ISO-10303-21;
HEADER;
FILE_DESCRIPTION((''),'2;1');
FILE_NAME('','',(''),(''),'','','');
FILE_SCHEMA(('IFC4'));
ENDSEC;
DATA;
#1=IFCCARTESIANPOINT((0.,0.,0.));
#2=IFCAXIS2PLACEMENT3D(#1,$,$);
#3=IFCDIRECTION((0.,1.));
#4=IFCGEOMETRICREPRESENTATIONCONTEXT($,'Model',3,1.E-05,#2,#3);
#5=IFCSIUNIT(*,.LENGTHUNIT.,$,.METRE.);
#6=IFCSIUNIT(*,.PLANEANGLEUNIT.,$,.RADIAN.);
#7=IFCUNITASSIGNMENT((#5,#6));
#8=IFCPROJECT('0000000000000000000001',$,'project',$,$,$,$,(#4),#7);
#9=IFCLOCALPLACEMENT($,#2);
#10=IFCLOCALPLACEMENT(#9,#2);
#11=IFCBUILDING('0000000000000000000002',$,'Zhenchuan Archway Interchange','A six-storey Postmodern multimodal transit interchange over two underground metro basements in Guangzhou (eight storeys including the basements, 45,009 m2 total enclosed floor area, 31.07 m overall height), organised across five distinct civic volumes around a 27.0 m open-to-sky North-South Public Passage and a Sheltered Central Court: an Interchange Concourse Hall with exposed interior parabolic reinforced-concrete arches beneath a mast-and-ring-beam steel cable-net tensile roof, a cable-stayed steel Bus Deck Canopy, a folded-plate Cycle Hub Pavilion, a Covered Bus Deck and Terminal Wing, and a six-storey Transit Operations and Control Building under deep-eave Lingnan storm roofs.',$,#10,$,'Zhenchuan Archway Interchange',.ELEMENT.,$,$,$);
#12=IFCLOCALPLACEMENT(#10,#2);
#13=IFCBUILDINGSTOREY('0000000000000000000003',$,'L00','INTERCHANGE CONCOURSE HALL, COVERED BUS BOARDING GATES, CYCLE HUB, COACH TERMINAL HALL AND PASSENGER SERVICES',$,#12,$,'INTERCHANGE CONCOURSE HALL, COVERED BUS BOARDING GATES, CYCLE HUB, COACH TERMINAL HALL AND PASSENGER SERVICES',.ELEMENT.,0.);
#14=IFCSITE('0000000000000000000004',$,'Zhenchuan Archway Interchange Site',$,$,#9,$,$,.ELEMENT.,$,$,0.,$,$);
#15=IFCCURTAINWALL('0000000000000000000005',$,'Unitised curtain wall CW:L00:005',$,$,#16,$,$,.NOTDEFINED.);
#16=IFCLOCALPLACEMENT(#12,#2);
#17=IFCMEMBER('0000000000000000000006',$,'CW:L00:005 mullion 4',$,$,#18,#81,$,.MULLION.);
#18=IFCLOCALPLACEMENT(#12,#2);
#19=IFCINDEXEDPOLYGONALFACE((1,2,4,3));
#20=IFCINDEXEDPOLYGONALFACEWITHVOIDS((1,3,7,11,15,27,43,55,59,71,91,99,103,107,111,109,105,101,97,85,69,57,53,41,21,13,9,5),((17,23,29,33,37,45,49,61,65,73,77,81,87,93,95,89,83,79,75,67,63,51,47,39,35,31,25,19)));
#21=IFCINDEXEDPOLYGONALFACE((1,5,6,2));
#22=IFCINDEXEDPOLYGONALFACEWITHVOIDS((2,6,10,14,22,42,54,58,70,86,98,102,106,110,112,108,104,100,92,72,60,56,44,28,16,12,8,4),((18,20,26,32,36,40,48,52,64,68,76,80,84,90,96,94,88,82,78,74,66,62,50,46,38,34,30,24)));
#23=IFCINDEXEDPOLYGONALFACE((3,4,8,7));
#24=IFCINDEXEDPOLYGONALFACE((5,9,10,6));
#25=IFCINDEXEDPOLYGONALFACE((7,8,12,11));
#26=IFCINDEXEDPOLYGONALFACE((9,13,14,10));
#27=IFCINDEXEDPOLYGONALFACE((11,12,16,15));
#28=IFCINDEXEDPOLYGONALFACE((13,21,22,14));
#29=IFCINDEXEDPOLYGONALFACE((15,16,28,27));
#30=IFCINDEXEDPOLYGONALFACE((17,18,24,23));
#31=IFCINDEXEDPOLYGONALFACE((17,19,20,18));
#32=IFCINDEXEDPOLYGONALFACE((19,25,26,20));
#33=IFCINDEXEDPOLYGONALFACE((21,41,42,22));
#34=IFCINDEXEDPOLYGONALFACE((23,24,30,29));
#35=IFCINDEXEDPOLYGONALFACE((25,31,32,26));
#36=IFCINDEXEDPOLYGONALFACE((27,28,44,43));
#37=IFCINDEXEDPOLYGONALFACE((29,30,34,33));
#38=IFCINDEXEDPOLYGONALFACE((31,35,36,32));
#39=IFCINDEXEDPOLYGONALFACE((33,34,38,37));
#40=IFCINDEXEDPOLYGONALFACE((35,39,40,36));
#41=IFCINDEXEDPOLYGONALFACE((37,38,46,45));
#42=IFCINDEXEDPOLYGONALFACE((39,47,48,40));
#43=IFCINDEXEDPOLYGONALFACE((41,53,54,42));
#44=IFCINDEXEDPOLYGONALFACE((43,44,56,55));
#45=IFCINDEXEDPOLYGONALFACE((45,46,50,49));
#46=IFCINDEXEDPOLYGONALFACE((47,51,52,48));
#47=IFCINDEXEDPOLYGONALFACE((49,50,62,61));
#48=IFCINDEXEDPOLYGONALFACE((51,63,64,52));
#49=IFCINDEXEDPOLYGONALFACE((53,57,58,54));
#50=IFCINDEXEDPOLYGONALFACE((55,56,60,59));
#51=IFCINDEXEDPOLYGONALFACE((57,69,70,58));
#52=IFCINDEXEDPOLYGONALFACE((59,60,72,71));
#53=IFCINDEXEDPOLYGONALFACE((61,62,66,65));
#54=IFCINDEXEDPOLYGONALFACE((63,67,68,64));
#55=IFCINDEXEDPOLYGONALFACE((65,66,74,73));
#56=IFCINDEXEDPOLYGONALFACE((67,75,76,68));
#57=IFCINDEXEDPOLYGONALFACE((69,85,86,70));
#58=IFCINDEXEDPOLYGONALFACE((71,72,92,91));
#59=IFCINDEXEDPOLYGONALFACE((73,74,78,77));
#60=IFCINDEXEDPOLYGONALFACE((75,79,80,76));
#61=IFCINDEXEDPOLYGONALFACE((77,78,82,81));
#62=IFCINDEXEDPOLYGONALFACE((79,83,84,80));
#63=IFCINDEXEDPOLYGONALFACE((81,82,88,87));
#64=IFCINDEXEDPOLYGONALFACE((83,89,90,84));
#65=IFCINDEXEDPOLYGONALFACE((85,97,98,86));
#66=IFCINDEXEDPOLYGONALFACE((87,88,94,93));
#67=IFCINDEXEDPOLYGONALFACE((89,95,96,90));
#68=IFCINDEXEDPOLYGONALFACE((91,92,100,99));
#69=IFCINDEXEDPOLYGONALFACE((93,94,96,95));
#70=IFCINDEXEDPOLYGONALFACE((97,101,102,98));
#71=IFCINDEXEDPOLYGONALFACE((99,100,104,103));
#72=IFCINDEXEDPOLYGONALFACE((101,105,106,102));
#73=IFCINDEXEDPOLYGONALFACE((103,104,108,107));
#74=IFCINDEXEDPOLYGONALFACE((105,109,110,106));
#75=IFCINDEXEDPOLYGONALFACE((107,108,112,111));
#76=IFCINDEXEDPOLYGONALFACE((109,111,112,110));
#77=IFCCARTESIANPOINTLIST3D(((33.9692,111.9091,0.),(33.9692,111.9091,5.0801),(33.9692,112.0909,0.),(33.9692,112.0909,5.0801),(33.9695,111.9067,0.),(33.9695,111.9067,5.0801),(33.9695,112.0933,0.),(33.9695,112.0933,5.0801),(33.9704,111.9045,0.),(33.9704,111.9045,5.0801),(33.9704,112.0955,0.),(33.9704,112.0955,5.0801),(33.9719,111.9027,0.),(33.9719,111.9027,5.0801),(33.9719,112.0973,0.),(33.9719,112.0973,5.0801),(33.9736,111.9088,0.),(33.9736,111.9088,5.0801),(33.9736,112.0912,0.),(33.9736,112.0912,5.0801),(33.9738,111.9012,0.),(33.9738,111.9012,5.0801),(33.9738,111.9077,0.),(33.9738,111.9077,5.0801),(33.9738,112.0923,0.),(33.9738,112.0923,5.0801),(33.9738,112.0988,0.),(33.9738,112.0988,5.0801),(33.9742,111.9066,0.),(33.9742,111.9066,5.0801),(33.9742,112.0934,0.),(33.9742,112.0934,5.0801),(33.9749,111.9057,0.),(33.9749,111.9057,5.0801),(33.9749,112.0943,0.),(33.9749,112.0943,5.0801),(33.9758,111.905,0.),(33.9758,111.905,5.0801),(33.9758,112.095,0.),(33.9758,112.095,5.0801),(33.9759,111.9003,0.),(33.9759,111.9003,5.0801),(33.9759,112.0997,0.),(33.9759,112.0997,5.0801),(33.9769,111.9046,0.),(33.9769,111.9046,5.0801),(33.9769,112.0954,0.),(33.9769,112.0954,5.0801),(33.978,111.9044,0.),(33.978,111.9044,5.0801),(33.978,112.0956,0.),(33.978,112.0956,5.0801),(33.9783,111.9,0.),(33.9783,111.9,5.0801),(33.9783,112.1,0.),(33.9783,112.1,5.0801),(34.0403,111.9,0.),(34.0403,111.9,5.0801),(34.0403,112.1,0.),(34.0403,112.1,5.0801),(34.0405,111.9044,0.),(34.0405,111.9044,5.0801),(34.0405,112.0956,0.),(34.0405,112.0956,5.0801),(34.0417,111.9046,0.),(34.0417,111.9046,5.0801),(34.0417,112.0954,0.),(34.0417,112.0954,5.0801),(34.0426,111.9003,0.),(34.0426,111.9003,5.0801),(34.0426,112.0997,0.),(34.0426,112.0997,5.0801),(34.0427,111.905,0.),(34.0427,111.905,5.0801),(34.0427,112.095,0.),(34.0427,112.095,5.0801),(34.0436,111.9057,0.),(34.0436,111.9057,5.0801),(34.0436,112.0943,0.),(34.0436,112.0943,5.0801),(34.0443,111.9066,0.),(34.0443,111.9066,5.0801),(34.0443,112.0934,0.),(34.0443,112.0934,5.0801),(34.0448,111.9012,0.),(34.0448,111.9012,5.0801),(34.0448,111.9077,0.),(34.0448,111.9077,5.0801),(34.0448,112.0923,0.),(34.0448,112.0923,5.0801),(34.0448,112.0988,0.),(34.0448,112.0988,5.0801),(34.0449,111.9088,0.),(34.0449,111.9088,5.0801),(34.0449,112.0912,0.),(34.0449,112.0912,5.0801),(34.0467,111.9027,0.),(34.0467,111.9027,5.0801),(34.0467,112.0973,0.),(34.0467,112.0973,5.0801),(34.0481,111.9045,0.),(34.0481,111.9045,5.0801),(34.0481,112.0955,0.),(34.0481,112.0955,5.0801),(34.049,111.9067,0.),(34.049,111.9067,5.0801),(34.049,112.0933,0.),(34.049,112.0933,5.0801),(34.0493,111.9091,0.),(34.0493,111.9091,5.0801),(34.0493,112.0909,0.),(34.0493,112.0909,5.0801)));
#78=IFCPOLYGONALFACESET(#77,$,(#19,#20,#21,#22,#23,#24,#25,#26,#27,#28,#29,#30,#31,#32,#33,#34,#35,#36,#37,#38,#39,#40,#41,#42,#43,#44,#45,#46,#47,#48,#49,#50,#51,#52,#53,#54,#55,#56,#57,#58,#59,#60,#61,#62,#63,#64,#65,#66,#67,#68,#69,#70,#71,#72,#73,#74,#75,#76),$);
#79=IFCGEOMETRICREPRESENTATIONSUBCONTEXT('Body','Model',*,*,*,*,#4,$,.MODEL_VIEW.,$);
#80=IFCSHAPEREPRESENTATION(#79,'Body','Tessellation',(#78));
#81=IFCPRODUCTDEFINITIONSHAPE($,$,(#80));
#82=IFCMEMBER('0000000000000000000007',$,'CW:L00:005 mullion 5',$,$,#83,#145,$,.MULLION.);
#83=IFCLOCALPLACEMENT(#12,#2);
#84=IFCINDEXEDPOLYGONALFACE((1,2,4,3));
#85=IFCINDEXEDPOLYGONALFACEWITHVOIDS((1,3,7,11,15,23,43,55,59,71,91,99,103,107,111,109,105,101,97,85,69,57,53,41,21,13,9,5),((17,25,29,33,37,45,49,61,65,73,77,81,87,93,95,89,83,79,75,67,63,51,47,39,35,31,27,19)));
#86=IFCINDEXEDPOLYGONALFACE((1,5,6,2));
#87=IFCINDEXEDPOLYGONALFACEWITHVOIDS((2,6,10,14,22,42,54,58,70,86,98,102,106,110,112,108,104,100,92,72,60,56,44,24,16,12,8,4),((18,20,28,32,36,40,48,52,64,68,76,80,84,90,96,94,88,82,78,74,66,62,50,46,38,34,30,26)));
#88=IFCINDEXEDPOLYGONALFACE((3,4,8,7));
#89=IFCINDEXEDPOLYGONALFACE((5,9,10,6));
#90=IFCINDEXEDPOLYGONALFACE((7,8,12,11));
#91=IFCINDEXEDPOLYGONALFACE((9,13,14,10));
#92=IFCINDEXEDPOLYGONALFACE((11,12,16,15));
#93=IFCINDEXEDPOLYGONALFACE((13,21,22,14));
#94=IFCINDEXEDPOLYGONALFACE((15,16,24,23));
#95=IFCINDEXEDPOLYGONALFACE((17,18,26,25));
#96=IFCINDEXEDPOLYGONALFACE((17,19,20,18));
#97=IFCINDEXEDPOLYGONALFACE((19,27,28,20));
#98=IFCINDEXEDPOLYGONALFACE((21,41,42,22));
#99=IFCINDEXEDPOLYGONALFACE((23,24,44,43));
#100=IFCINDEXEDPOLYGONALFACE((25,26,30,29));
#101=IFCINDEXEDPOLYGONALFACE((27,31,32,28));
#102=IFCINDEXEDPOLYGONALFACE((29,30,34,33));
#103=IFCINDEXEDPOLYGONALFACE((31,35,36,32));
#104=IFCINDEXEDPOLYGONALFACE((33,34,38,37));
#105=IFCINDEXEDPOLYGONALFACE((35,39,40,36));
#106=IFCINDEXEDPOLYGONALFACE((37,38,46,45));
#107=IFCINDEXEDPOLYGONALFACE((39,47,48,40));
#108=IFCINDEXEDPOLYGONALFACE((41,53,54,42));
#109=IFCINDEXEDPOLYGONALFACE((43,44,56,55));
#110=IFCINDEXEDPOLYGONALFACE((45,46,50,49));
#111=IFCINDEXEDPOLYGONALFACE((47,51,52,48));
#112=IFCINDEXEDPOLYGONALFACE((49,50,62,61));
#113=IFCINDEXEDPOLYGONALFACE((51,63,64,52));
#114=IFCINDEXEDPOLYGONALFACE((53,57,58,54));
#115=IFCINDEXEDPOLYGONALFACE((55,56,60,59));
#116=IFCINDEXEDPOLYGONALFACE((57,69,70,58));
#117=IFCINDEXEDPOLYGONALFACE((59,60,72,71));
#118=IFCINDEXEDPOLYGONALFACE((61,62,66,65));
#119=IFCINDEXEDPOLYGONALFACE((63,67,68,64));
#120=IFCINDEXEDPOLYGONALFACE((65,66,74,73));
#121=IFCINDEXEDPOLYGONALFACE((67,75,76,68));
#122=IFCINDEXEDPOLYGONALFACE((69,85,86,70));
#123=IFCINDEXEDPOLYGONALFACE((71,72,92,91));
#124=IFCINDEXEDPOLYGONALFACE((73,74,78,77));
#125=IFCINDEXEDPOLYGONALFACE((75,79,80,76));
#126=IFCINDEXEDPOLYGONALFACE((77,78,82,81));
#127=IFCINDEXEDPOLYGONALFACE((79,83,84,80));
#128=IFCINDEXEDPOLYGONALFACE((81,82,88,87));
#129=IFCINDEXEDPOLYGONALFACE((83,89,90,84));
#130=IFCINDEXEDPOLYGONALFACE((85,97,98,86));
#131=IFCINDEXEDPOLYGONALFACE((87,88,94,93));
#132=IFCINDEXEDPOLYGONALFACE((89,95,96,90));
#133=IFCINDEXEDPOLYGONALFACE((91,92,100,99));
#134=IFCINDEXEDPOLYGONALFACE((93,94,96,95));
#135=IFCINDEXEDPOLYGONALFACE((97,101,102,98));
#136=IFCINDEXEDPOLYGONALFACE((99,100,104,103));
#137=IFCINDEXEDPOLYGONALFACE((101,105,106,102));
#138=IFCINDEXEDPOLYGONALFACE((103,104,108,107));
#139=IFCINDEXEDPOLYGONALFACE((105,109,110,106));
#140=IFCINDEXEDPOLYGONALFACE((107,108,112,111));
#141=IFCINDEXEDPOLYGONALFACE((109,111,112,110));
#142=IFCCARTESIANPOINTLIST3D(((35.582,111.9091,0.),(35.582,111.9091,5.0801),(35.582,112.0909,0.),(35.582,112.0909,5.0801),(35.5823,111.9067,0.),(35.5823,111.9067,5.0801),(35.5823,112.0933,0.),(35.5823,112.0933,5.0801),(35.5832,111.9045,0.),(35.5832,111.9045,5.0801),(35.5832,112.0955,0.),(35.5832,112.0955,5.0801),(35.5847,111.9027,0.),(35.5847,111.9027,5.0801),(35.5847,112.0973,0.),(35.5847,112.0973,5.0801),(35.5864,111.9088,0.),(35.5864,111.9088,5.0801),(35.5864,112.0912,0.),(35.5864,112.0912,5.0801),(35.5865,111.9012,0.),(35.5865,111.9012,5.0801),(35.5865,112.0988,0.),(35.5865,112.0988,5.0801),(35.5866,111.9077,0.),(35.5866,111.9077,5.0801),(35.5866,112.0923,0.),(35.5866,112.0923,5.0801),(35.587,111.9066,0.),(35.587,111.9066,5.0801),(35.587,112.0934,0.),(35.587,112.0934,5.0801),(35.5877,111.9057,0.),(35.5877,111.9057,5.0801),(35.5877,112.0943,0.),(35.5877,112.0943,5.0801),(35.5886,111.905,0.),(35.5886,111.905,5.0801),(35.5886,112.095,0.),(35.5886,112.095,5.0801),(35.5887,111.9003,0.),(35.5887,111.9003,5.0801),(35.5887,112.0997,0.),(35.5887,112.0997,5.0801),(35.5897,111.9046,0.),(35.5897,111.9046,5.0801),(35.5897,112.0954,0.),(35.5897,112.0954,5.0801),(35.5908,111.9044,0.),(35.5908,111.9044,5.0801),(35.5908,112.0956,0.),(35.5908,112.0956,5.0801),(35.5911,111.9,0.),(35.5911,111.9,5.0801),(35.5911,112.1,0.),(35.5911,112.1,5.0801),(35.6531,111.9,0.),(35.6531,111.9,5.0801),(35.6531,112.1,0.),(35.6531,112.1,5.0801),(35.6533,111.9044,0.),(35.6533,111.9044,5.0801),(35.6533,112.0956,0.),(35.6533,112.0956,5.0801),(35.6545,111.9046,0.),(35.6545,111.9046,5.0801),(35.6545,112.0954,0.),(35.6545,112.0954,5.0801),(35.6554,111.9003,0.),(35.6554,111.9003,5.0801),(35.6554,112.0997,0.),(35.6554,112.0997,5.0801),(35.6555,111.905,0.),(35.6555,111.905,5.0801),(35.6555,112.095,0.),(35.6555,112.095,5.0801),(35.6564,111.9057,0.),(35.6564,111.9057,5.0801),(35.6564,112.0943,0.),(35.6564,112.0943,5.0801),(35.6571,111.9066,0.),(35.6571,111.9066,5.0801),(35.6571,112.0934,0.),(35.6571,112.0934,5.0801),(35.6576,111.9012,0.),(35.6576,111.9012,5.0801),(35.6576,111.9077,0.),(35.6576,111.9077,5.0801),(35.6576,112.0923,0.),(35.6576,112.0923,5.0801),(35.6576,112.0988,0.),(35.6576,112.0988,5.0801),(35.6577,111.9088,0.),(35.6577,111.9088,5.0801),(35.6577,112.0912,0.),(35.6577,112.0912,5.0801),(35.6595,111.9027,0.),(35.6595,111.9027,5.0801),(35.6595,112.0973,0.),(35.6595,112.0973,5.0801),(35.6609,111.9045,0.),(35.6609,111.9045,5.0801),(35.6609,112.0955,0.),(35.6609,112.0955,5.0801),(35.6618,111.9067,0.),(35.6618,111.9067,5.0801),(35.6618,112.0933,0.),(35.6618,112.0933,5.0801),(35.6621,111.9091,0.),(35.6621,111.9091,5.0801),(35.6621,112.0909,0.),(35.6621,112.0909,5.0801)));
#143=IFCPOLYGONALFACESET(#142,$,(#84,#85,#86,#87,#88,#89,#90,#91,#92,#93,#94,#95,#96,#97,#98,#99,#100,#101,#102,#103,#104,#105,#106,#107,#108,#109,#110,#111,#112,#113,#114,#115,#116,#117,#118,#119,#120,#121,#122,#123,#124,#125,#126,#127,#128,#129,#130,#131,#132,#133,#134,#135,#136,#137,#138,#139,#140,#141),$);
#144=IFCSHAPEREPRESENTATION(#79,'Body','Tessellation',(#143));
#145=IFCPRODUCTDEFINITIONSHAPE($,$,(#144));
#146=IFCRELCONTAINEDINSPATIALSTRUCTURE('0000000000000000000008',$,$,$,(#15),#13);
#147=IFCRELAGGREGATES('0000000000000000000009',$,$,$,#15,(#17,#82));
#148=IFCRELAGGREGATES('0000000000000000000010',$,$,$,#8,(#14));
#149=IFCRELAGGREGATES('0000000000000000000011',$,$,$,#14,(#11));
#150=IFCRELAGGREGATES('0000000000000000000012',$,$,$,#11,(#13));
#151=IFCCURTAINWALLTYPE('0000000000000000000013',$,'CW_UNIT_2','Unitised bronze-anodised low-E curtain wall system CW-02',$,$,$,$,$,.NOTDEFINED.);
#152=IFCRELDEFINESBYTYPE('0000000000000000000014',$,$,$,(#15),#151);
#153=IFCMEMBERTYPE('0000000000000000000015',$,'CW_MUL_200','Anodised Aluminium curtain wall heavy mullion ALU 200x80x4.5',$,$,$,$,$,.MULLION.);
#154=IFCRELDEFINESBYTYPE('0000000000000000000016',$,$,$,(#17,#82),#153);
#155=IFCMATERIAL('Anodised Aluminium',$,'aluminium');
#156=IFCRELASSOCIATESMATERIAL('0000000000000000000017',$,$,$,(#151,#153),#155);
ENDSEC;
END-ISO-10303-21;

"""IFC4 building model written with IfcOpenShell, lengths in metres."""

from ifc_helpers import new_model, si_unit, direction, frame, origin, origin_2d, place, context, subcontext, project, spatial, hollow_rectangle, extrude, material, material_profile, profile_set, type_object, element, aggregate, save


model = new_model("IFC4")

# Units and contexts
model_context = context("Model", 3, precision=1e-05, world=origin(), true_north=direction((0.0, 1.0)))
body_context = subcontext(model_context, "Body", "Model", "MODEL_VIEW")
ifc_project = project(units=[si_unit("LENGTHUNIT", "METRE"), si_unit("PLANEANGLEUNIT", "RADIAN")], contexts=[model_context])

# Site, building, storey
site_placement = place(None, origin())
site = spatial("IfcSite", under=ifc_project, at=site_placement, Name="Zhenchuan Archway Interchange Site", CompositionType="ELEMENT", RefElevation=0.0)
building_placement = place(site_placement, origin())
building = spatial("IfcBuilding", under=site, at=building_placement, Name="Zhenchuan Archway Interchange", Description="A six-storey Postmodern multimodal transit interchange over two underground metro basements in Guangzhou (eight storeys including the basements, 45,009 m2 total enclosed floor area, 31.07 m overall height), organised across five distinct civic volumes around a 27.0 m open-to-sky North-South Public Passage and a Sheltered Central Court: an Interchange Concourse Hall with exposed interior parabolic reinforced-concrete arches beneath a mast-and-ring-beam steel cable-net tensile roof, a cable-stayed steel Bus Deck Canopy, a folded-plate Cycle Hub Pavilion, a Covered Bus Deck and Terminal Wing, and a six-storey Transit Operations and Control Building under deep-eave Lingnan storm roofs.", LongName="Zhenchuan Archway Interchange", CompositionType="ELEMENT")
storey_placement = place(building_placement, origin())
storey = spatial("IfcBuildingStorey", under=building, at=storey_placement, Name="L00", Description="INTERCHANGE CONCOURSE HALL, COVERED BUS BOARDING GATES, CYCLE HUB, COACH TERMINAL HALL AND PASSENGER SERVICES", LongName="INTERCHANGE CONCOURSE HALL, COVERED BUS BOARDING GATES, CYCLE HUB, COACH TERMINAL HALL AND PASSENGER SERVICES", CompositionType="ELEMENT", Elevation=0.0)

# Curtain wall, members
ifc_material_1 = material(Name="Anodised Aluminium", Category="aluminium")
curtain_wall_type = type_object("IfcCurtainWallType", Name="CW_UNIT_2", Description="Unitised bronze-anodised low-E curtain wall system CW-02", PredefinedType="NOTDEFINED", material=ifc_material_1)
curtain_wall_placement = place(storey_placement, origin())
curtain_wall = element("IfcCurtainWall", 1, at=curtain_wall_placement, inside=storey, type_object=curtain_wall_type, Name="Unitised curtain wall CW:L00:005", PredefinedType="NOTDEFINED")
ifc_material_profile_1 = material_profile(ifc_material_1, hollow_rectangle(XDim=0.0801, YDim=0.2, WallThickness=0.0044, InnerFilletRadius=0.0044, OuterFilletRadius=0.009, at=origin_2d()), Name="ALU 200x80x4.5")
ifc_profile_set_1 = profile_set([ifc_material_profile_1], Name="Anodised Aluminium")
member_type_1 = type_object("IfcMemberType", Name="CW_MUL_200", Description="Anodised Aluminium curtain wall heavy mullion ALU 200x80x4.5", PredefinedType="MULLION", material=ifc_profile_set_1)
member_1_placement = place(storey_placement, frame((34.0093, 112.0, 0.0), z_axis=(0.0, 0.0, 1.0), x_axis=(1.0, 0.0, 0.0)))
member_1 = element("IfcMember", 2, at=member_1_placement, type_object=member_type_1, Name="CW:L00:005 mullion 4", PredefinedType="MULLION", context=body_context, shape_type="SweptSolid", body=[
    extrude(hollow_rectangle(XDim=0.0801, YDim=0.2, WallThickness=0.0044, InnerFilletRadius=0.0044, OuterFilletRadius=0.009, at=origin_2d()), origin(), (0.0, 0.0, 1.0), 5.0801),
])
member_2_placement = place(storey_placement, frame((35.6221, 112.0, 0.0), z_axis=(0.0, 0.0, 1.0), x_axis=(1.0, 0.0, 0.0)))
member_2 = element("IfcMember", 3, at=member_2_placement, type_object=member_type_1, Name="CW:L00:005 mullion 5", PredefinedType="MULLION", context=body_context, shape_type="SweptSolid", body=[
    extrude(hollow_rectangle(XDim=0.0801, YDim=0.2, WallThickness=0.0044, InnerFilletRadius=0.0044, OuterFilletRadius=0.009, at=origin_2d()), origin(), (0.0, 0.0, 1.0), 5.0801),
])

aggregate(curtain_wall, [member_1, member_2])

save(model, "model.ifc")
